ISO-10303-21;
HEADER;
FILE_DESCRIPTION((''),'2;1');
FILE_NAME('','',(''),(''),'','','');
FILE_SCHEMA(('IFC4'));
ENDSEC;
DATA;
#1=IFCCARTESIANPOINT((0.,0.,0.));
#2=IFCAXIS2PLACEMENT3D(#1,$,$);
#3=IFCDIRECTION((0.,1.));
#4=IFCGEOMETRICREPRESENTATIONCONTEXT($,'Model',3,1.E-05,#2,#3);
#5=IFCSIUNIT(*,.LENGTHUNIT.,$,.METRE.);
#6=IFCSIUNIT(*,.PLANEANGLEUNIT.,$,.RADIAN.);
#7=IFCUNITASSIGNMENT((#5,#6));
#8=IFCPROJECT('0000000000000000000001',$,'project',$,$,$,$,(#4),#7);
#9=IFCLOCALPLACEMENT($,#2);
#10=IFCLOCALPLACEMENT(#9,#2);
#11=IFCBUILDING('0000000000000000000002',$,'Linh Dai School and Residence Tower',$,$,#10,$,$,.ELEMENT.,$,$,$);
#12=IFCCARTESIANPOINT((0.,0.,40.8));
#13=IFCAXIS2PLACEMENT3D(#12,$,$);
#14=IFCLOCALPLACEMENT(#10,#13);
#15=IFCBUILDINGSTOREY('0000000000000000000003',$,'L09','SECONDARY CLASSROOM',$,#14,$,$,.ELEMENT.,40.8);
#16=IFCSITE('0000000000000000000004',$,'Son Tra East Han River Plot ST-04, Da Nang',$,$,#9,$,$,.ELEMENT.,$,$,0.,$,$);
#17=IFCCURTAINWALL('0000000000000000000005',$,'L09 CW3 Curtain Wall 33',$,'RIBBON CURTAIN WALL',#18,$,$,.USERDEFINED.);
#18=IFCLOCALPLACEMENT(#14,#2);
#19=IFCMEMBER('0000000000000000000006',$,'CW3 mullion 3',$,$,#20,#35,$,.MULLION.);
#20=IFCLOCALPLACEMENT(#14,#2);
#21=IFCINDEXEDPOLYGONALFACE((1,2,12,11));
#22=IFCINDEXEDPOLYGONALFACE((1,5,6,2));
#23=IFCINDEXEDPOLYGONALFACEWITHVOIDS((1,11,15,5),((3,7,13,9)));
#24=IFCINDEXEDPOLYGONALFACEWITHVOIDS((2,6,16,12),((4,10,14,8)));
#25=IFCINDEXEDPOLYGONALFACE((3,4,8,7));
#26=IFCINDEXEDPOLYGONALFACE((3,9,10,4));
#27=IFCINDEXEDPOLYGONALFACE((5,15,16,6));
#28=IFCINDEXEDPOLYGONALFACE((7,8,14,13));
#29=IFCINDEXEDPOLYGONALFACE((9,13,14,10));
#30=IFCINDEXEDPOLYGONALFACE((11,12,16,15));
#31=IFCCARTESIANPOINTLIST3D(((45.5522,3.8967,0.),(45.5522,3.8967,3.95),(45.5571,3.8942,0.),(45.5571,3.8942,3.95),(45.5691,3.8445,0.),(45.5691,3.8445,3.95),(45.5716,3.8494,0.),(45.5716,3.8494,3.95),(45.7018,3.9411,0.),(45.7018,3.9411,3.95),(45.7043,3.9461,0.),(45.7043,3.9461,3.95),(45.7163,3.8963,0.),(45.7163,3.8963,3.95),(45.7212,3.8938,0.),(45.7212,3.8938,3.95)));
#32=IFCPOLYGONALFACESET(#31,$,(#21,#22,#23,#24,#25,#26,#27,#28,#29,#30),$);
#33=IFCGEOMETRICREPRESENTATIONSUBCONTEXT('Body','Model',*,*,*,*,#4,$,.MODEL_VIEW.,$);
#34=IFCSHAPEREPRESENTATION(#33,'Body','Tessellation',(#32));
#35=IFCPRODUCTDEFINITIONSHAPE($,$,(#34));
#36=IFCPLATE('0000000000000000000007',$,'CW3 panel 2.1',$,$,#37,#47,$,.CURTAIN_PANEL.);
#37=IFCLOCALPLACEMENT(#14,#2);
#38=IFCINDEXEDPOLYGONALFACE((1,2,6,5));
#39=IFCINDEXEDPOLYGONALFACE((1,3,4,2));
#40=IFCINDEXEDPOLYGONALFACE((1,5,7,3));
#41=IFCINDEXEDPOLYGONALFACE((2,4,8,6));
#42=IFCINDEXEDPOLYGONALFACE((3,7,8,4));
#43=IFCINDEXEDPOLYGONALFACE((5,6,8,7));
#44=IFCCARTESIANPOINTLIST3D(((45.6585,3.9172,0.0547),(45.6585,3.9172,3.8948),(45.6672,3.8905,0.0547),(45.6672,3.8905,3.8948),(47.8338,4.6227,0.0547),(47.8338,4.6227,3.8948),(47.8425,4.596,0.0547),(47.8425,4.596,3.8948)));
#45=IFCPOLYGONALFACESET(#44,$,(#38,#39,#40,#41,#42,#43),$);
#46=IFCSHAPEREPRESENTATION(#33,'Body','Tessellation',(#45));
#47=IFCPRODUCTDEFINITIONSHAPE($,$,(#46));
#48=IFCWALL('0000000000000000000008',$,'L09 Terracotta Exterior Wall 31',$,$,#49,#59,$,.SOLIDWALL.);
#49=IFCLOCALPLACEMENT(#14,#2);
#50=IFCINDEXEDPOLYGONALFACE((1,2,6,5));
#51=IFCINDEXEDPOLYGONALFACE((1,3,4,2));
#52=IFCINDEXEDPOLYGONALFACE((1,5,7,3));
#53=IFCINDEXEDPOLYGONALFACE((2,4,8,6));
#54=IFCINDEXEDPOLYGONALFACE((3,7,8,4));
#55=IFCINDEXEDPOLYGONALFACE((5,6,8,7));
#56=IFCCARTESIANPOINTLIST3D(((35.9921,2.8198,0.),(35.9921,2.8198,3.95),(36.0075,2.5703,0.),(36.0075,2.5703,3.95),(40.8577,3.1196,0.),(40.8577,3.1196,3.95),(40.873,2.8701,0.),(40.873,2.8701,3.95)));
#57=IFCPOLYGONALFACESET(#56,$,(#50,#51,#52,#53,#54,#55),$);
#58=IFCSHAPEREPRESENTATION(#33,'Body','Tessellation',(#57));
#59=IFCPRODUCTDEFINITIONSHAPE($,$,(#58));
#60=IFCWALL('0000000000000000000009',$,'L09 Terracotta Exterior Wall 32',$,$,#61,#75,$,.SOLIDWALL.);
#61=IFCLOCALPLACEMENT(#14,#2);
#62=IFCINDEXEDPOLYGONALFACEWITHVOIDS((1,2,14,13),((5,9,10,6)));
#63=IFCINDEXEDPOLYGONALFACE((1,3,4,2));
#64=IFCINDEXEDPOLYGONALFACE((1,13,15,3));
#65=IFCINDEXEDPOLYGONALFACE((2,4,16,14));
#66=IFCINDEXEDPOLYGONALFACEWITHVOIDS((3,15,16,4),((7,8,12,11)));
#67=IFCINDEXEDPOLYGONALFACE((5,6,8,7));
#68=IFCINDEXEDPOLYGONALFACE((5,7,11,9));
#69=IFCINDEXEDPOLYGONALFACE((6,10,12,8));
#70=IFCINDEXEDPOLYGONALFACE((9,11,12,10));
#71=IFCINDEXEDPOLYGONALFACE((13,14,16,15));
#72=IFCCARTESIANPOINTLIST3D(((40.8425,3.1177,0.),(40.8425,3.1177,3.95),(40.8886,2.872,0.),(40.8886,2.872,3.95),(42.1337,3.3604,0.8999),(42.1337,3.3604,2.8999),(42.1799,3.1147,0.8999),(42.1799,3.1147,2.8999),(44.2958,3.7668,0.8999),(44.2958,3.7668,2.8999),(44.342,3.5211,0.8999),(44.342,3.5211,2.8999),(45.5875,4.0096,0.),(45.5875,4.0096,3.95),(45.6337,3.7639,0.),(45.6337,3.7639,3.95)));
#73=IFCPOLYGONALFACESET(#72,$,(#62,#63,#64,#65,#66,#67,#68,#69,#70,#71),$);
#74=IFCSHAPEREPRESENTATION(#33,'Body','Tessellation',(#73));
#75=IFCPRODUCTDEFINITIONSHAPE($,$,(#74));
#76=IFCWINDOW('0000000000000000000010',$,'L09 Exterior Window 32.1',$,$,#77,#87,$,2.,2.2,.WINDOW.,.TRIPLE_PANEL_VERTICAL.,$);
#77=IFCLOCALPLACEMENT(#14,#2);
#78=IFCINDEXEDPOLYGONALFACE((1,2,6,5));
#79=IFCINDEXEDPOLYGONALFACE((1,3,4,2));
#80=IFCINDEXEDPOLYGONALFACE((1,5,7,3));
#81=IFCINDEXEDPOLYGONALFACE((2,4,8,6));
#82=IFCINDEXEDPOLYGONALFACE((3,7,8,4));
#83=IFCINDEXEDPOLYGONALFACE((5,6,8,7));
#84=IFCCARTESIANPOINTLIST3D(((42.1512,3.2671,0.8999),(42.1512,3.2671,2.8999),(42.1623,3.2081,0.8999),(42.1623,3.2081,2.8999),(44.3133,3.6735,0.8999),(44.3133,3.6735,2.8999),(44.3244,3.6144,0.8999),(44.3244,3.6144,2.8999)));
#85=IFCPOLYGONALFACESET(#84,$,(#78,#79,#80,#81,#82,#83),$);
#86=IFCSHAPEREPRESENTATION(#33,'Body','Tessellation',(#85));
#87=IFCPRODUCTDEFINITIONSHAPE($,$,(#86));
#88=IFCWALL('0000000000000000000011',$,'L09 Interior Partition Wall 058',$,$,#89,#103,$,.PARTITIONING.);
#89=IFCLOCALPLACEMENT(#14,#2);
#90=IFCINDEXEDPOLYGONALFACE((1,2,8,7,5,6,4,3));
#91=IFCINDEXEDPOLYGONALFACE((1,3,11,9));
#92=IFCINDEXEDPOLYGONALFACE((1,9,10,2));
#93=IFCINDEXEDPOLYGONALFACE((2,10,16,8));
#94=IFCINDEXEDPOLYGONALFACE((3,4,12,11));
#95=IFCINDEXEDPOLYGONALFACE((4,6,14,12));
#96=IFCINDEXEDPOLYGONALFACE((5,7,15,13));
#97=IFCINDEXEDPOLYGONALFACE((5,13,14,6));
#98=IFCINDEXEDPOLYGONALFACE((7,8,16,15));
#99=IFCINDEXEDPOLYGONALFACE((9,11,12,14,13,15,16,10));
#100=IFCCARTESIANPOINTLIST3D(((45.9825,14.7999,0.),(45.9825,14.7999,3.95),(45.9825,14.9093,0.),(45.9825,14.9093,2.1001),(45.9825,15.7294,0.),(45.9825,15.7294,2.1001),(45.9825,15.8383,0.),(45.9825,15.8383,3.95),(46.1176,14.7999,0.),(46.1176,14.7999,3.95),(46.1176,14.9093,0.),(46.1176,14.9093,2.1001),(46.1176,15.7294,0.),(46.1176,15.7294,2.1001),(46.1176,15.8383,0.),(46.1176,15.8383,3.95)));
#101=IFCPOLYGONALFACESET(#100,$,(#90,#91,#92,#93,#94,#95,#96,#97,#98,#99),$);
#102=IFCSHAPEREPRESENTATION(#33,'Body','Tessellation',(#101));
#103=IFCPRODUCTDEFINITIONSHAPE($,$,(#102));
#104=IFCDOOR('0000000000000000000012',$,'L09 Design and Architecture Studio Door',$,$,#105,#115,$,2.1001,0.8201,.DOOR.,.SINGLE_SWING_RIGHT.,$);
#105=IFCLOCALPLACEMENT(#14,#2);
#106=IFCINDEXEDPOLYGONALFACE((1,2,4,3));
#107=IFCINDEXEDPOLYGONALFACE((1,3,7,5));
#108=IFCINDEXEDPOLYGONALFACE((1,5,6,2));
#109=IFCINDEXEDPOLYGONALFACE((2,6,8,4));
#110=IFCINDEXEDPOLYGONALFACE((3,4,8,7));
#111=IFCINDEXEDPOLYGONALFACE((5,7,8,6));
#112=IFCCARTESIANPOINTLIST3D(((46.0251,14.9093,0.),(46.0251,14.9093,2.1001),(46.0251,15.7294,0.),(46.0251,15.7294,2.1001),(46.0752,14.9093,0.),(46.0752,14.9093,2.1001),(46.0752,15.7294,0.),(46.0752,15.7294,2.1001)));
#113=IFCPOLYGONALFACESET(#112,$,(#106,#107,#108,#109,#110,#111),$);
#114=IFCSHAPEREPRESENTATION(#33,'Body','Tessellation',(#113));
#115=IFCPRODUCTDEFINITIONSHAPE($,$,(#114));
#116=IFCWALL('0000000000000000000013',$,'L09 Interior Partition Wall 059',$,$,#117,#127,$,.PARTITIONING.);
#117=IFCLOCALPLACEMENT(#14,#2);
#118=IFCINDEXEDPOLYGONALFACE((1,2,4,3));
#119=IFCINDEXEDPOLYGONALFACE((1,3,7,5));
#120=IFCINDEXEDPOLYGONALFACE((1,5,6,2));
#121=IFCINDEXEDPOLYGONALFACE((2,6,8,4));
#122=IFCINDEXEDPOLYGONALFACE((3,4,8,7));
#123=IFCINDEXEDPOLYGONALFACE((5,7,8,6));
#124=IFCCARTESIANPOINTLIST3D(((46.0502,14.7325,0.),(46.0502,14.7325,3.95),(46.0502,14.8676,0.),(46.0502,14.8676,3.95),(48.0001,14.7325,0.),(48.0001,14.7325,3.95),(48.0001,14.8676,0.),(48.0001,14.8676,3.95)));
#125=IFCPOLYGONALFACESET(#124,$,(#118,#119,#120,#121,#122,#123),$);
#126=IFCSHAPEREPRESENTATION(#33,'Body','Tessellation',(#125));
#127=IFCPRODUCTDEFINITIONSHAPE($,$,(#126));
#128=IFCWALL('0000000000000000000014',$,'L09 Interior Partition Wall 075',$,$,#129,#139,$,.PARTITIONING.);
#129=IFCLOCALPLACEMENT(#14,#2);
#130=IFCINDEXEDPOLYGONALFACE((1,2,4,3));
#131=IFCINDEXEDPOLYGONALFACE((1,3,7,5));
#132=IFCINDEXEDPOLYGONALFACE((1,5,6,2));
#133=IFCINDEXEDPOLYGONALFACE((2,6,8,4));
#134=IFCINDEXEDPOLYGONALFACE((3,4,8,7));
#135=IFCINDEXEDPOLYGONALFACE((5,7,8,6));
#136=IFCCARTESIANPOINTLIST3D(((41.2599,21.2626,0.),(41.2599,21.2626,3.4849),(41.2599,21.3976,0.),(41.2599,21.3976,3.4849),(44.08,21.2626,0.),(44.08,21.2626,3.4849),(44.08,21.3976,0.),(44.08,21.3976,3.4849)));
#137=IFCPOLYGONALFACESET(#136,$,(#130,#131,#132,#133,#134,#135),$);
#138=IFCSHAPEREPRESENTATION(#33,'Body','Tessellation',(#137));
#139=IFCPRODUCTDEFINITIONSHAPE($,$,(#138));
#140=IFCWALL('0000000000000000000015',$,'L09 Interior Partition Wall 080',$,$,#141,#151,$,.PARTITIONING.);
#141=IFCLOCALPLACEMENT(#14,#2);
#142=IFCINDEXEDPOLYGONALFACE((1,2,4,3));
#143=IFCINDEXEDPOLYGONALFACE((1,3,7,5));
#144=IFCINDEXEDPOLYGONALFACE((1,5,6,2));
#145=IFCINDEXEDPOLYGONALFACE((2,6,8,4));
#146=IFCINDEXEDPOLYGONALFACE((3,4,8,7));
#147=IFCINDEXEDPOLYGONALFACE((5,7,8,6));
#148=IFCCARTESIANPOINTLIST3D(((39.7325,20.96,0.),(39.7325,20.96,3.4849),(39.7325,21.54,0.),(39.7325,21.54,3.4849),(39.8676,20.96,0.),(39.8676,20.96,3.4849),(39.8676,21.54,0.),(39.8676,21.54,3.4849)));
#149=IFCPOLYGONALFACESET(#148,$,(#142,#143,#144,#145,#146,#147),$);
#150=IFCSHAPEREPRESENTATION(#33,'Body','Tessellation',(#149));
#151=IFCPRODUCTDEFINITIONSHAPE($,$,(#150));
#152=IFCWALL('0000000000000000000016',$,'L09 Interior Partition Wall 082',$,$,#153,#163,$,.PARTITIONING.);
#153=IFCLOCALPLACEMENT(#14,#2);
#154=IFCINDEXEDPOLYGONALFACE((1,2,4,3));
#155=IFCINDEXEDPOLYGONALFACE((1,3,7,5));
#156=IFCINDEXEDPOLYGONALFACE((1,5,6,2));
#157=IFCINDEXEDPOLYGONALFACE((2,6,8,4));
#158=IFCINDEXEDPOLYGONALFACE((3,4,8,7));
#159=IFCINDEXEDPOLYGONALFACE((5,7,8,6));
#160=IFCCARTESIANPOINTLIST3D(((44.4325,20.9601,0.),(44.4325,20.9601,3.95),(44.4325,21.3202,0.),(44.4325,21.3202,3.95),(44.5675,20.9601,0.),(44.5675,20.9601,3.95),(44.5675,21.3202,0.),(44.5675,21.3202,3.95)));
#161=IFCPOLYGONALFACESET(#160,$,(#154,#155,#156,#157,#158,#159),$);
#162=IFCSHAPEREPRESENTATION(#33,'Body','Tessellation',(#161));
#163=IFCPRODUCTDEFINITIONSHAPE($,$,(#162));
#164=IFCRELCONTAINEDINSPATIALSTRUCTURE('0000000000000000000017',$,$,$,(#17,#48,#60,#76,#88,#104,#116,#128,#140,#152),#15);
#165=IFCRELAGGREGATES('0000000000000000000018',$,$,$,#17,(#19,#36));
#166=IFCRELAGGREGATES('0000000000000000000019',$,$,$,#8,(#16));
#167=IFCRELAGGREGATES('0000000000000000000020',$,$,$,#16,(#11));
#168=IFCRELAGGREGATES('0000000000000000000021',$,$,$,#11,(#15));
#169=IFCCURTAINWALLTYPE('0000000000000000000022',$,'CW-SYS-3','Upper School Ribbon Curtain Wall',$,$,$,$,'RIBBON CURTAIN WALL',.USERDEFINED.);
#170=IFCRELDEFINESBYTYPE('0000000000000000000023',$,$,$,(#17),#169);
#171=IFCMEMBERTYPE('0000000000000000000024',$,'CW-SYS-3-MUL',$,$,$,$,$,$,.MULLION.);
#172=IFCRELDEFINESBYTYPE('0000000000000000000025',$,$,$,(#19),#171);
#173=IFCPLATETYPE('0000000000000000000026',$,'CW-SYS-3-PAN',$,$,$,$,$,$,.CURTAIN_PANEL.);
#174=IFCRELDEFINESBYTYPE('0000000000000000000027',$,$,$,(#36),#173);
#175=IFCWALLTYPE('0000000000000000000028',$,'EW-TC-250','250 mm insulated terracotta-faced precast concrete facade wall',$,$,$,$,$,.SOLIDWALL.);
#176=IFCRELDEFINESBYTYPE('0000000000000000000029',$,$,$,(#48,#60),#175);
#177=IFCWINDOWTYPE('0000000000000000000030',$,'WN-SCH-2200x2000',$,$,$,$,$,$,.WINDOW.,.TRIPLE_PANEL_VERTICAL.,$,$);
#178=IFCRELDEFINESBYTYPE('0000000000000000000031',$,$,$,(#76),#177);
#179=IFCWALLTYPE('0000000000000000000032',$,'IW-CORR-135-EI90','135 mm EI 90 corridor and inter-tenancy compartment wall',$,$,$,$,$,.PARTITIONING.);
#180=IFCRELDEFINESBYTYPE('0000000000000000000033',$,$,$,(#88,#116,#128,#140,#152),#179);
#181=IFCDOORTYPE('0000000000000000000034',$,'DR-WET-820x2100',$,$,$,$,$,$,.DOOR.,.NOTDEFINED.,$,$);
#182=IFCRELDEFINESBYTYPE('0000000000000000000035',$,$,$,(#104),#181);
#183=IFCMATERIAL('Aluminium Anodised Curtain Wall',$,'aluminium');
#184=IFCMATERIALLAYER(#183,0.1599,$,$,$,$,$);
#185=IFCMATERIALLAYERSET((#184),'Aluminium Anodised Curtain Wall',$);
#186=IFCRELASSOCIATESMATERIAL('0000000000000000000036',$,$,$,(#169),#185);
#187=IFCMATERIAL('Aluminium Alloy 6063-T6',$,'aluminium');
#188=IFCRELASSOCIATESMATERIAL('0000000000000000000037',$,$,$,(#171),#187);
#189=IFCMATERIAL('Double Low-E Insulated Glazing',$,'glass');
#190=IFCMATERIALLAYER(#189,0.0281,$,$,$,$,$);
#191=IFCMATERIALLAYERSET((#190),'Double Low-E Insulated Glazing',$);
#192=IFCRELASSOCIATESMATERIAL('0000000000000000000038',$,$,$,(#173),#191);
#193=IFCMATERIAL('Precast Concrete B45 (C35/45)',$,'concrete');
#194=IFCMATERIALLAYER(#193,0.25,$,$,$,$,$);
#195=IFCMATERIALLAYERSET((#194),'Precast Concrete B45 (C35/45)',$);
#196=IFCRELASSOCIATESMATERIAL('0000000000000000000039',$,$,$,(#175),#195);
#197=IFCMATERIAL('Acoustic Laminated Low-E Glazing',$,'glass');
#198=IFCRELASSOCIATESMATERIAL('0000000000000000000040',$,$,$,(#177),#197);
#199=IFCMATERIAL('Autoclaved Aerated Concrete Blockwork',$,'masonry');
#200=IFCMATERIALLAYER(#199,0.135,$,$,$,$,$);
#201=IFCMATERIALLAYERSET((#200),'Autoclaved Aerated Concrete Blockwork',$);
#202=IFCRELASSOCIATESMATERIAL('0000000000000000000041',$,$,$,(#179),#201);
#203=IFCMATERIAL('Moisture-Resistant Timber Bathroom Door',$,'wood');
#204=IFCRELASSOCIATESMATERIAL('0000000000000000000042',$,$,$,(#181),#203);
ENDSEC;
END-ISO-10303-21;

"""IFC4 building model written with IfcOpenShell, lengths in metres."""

from ifc_helpers import new_model, si_unit, direction, frame, frame_2d, origin, origin_2d, place, context, subcontext, project, spatial, rectangle, hollow_rectangle, extrude, source, transform, mapped, material, layer, layer_set, material_profile, profile_set, type_object, element, fill, aggregate, save


model = new_model("IFC4")

# Units and contexts
model_context = context("Model", 3, precision=1e-05, world=origin(), true_north=direction((0.0, 1.0)))
body_context = subcontext(model_context, "Body", "Model", "MODEL_VIEW")
ifc_project = project(units=[si_unit("LENGTHUNIT", "METRE"), si_unit("PLANEANGLEUNIT", "RADIAN")], contexts=[model_context])

# Site, building, storey
site_placement = place(None, origin())
site = spatial("IfcSite", under=ifc_project, at=site_placement, Name="Son Tra East Han River Plot ST-04, Da Nang", CompositionType="ELEMENT", RefElevation=0.0)
building_placement = place(site_placement, origin())
building = spatial("IfcBuilding", under=site, at=building_placement, Name="Linh Dai School and Residence Tower", CompositionType="ELEMENT")
storey_placement = place(building_placement, frame((0.0, 0.0, 40.8)))
storey = spatial("IfcBuildingStorey", under=building, at=storey_placement, Name="L09", Description="SECONDARY CLASSROOM", CompositionType="ELEMENT", Elevation=40.8)

# Curtain wall, member, plate
ifc_material_1 = material(Name="Aluminium Anodised Curtain Wall", Category="aluminium")
ifc_layer_1 = layer(ifc_material_1, 0.1599)
ifc_layer_set_1 = layer_set([ifc_layer_1], Name="Aluminium Anodised Curtain Wall")
curtain_wall_type = type_object("IfcCurtainWallType", Name="CW-SYS-3", Description="Upper School Ribbon Curtain Wall", ElementType="RIBBON CURTAIN WALL", PredefinedType="USERDEFINED", material=ifc_layer_set_1)
curtain_wall_placement = place(storey_placement, origin())
curtain_wall = element("IfcCurtainWall", 1, at=curtain_wall_placement, inside=storey, type_object=curtain_wall_type, Name="L09 CW3 Curtain Wall 33", ObjectType="RIBBON CURTAIN WALL", PredefinedType="USERDEFINED")
ifc_material_2 = material(Name="Aluminium Alloy 6063-T6", Category="aluminium")
ifc_material_profile_1 = material_profile(ifc_material_2, hollow_rectangle(XDim=0.0549, YDim=0.1599, WallThickness=0.0039, at=origin_2d()), Name="RHS 160x55x4")
ifc_profile_set_1 = profile_set([ifc_material_profile_1], Name="Aluminium Alloy 6063-T6")
member_type = type_object("IfcMemberType", Name="CW-SYS-3-MUL", PredefinedType="MULLION", material=ifc_profile_set_1)
shared_shape_1 = source(origin(), body_context, "Body", "SweptSolid", [
    extrude(hollow_rectangle(XDim=0.0549, YDim=0.1599, WallThickness=0.0039, at=origin_2d()), origin(), (0.0, 0.0, 1.0), 3.95),
])
member_placement = place(storey_placement, frame((45.6367, 3.8953, 0.0), z_axis=(0.0, 0.0, 1.0), x_axis=(0.308511, -0.951221, 0.0)))
member = element("IfcMember", 2, at=member_placement, type_object=member_type, Name="CW3 mullion 3", PredefinedType="MULLION", context=body_context, shape_type="MappedRepresentation", body=[
    mapped(shared_shape_1, transform((0.0, 0.0, 0.0), x_axis=(1.0, 0.0, 0.0), y_axis=(0.0, 1.0, 0.0), z_axis=(0.0, 0.0, 1.0), scale=1.0)),
])
ifc_material_3 = material(Name="Double Low-E Insulated Glazing", Category="glass")
ifc_layer_2 = layer(ifc_material_3, 0.0281)
ifc_layer_set_2 = layer_set([ifc_layer_2], Name="Double Low-E Insulated Glazing")
plate_type = type_object("IfcPlateType", Name="CW-SYS-3-PAN", PredefinedType="CURTAIN_PANEL", material=ifc_layer_set_2)
shared_shape_2 = source(origin(), body_context, "Body", "SweptSolid", [
    extrude(rectangle(XDim=2.2869, YDim=0.0281, at=origin_2d()), origin(), (0.0, 0.0, 1.0), 3.8401),
])
plate_placement = place(storey_placement, frame((46.7505, 4.2566, 0.0547), z_axis=(0.0, 0.0, 1.0), x_axis=(-0.951221, -0.308511, 0.0)))
plate = element("IfcPlate", 3, at=plate_placement, type_object=plate_type, Name="CW3 panel 2.1", PredefinedType="CURTAIN_PANEL", context=body_context, shape_type="MappedRepresentation", body=[
    mapped(shared_shape_2, transform((0.0, 0.0, 0.0), x_axis=(1.0, 0.0, 0.0), y_axis=(0.0, 1.0, 0.0), z_axis=(0.0, 0.0, 1.0), scale=1.0)),
])
aggregate(curtain_wall, [member, plate])

# Wall
ifc_material_4 = material(Name="Precast Concrete B45 (C35/45)", Category="concrete")
ifc_layer_3 = layer(ifc_material_4, 0.25)
ifc_layer_set_3 = layer_set([ifc_layer_3], Name="Precast Concrete B45 (C35/45)")
wall_type_1 = type_object("IfcWallType", Name="EW-TC-250", Description="250 mm insulated terracotta-faced precast concrete facade wall", PredefinedType="SOLIDWALL", material=ifc_layer_set_3)
wall_1_placement = place(storey_placement, frame((40.8655, 2.9949, 0.0), z_axis=(0.0, 0.0, 1.0), x_axis=(-0.998107, -0.061502, 0.0)))
element("IfcWall", 4, at=wall_1_placement, inside=storey, type_object=wall_type_1, Name="L09 Terracotta Exterior Wall 31", PredefinedType="SOLIDWALL", context=body_context, shape_type="SweptSolid", body=[
    extrude(rectangle(XDim=4.8748, YDim=0.25, at=frame_2d((2.4375, 0.0))), origin(), (0.0, 0.0, 1.0), 3.95),
])

# Wall, opening, window
wall_2_placement = place(storey_placement, frame((45.6106, 3.8867, 0.0), z_axis=(0.0, 0.0, 1.0), x_axis=(-0.982792, -0.184716, 0.0)))
wall_2 = element("IfcWall", 5, at=wall_2_placement, inside=storey, type_object=wall_type_1, Name="L09 Terracotta Exterior Wall 32", PredefinedType="SOLIDWALL", context=body_context, shape_type="SweptSolid", body=[
    extrude(rectangle(XDim=4.8281, YDim=0.25, at=frame_2d((2.4141, 0.0))), origin(), (0.0, 0.0, 1.0), 3.95),
])
opening_1_placement = place(wall_2_placement, frame((1.3142, 0.0, 0.8999)))
opening_1 = element("IfcOpeningElement", 6, at=opening_1_placement, cuts=wall_2, PredefinedType="OPENING", context=body_context, shape_type="SweptSolid", body=[
    extrude(rectangle(XDim=2.2, YDim=2.0, at=origin_2d()), frame((1.1001, 0.135, 1.0), z_axis=(0.0, -1.0, 0.0), x_axis=(1.0, 0.0, 0.0)), (0.0, 0.0, 1.0), 0.27),
])
ifc_material_5 = material(Name="Acoustic Laminated Low-E Glazing", Category="glass")
window_type = type_object("IfcWindowType", Name="WN-SCH-2200x2000", PartitioningType="TRIPLE_PANEL_VERTICAL", PredefinedType="WINDOW", material=ifc_material_5)
shared_shape_3 = source(origin(), body_context, "Body", "SweptSolid", [
    extrude(rectangle(XDim=2.2, YDim=2.0, at=origin_2d()), frame((1.1001, 0.03, 1.0), z_axis=(0.0, -1.0, 0.0), x_axis=(1.0, 0.0, 0.0)), (0.0, 0.0, 1.0), 0.0601),
])
window_placement = place(opening_1_placement, origin())
window = element("IfcWindow", 7, at=window_placement, inside=storey, type_object=window_type, Name="L09 Exterior Window 32.1", OverallHeight=2.0, OverallWidth=2.2, PartitioningType="TRIPLE_PANEL_VERTICAL", PredefinedType="WINDOW", context=body_context, shape_type="MappedRepresentation", body=[
    mapped(shared_shape_3, transform((0.0, 0.0, 0.0), x_axis=(1.0, 0.0, 0.0), y_axis=(0.0, 1.0, 0.0), z_axis=(0.0, 0.0, 1.0), scale=1.0)),
])
fill(opening_1, window)

# Wall, opening, door
ifc_material_6 = material(Name="Autoclaved Aerated Concrete Blockwork", Category="masonry")
ifc_layer_4 = layer(ifc_material_6, 0.135)
ifc_layer_set_4 = layer_set([ifc_layer_4], Name="Autoclaved Aerated Concrete Blockwork")
wall_type_2 = type_object("IfcWallType", Name="IW-CORR-135-EI90", Description="135 mm EI 90 corridor and inter-tenancy compartment wall", PredefinedType="PARTITIONING", material=ifc_layer_set_4)
wall_3_placement = place(storey_placement, frame((46.05, 14.8, 0.0), z_axis=(0.0, 0.0, 1.0), x_axis=(0.0, 1.0, 0.0)))
wall_3 = element("IfcWall", 8, at=wall_3_placement, inside=storey, type_object=wall_type_2, Name="L09 Interior Partition Wall 058", PredefinedType="PARTITIONING", context=body_context, shape_type="SweptSolid", body=[
    extrude(rectangle(XDim=1.0383, YDim=0.135, at=frame_2d((0.519, 0.0))), origin(), (0.0, 0.0, 1.0), 3.95),
])
opening_2_placement = place(wall_3_placement, frame((0.1091, 0.0, 0.0)))
opening_2 = element("IfcOpeningElement", 9, at=opening_2_placement, cuts=wall_3, PredefinedType="OPENING", context=body_context, shape_type="SweptSolid", body=[
    extrude(rectangle(XDim=0.8201, YDim=2.1001, at=origin_2d()), frame((0.4102, 0.0776, 1.05), z_axis=(0.0, -1.0, 0.0), x_axis=(1.0, 0.0, 0.0)), (0.0, 0.0, 1.0), 0.155),
])
ifc_material_7 = material(Name="Moisture-Resistant Timber Bathroom Door", Category="wood")
door_type_1 = type_object("IfcDoorType", Name="DR-WET-820x2100", OperationType="NOTDEFINED", PredefinedType="DOOR", material=ifc_material_7)
shared_shape_4 = source(origin(), body_context, "Body", "SweptSolid", [
    extrude(rectangle(XDim=0.8201, YDim=2.1001, at=origin_2d()), frame((0.4102, 0.0249, 1.05), z_axis=(0.0, -1.0, 0.0), x_axis=(1.0, 0.0, 0.0)), (0.0, 0.0, 1.0), 0.05),
])
door_1_placement = place(opening_2_placement, origin())
door_1 = element("IfcDoor", 10, at=door_1_placement, inside=storey, type_object=door_type_1, Name="L09 Design and Architecture Studio Door", OperationType="SINGLE_SWING_RIGHT", OverallHeight=2.1001, OverallWidth=0.8201, PredefinedType="DOOR", context=body_context, shape_type="MappedRepresentation", body=[
    mapped(shared_shape_4, transform((0.0, 0.0, 0.0), x_axis=(1.0, 0.0, 0.0), y_axis=(0.0, 1.0, 0.0), z_axis=(0.0, 0.0, 1.0), scale=1.0)),
])
fill(opening_2, door_1)

# Walls
wall_4_placement = place(storey_placement, frame((46.05, 14.8, 0.0), z_axis=(0.0, 0.0, 1.0), x_axis=(1.0, 0.0, 0.0)))
element("IfcWall", 11, at=wall_4_placement, inside=storey, type_object=wall_type_2, Name="L09 Interior Partition Wall 059", PredefinedType="PARTITIONING", context=body_context, shape_type="SweptSolid", body=[
    extrude(rectangle(XDim=1.95, YDim=0.135, at=frame_2d((0.9751, 0.0))), origin(), (0.0, 0.0, 1.0), 3.95),
])
wall_5_placement = place(storey_placement, frame((44.0801, 21.3301, 0.0), z_axis=(0.0, 0.0, 1.0), x_axis=(-1.0, 0.0, 0.0)))
element("IfcWall", 12, at=wall_5_placement, inside=storey, type_object=wall_type_2, Name="L09 Interior Partition Wall 075", PredefinedType="PARTITIONING", context=body_context, shape_type="SweptSolid", body=[
    extrude(rectangle(XDim=2.8201, YDim=0.135, at=frame_2d((1.4102, 0.0))), origin(), (0.0, 0.0, 1.0), 3.4849),
])
wall_6_placement = place(storey_placement, frame((39.8, 20.96, 0.0), z_axis=(0.0, 0.0, 1.0), x_axis=(0.0, 1.0, 0.0)))
element("IfcWall", 13, at=wall_6_placement, inside=storey, type_object=wall_type_2, Name="L09 Interior Partition Wall 080", PredefinedType="PARTITIONING", context=body_context, shape_type="SweptSolid", body=[
    extrude(rectangle(XDim=0.5801, YDim=0.135, at=frame_2d((0.29, 0.0))), origin(), (0.0, 0.0, 1.0), 3.4849),
])
wall_7_placement = place(storey_placement, frame((44.5, 20.96, 0.0), z_axis=(0.0, 0.0, 1.0), x_axis=(0.0, 1.0, 0.0)))
element("IfcWall", 14, at=wall_7_placement, inside=storey, type_object=wall_type_2, Name="L09 Interior Partition Wall 082", PredefinedType="PARTITIONING", context=body_context, shape_type="SweptSolid", body=[
    extrude(rectangle(XDim=0.3601, YDim=0.135, at=frame_2d((0.1802, 0.0))), origin(), (0.0, 0.0, 1.0), 3.95),
])

save(model, "model.ifc")
